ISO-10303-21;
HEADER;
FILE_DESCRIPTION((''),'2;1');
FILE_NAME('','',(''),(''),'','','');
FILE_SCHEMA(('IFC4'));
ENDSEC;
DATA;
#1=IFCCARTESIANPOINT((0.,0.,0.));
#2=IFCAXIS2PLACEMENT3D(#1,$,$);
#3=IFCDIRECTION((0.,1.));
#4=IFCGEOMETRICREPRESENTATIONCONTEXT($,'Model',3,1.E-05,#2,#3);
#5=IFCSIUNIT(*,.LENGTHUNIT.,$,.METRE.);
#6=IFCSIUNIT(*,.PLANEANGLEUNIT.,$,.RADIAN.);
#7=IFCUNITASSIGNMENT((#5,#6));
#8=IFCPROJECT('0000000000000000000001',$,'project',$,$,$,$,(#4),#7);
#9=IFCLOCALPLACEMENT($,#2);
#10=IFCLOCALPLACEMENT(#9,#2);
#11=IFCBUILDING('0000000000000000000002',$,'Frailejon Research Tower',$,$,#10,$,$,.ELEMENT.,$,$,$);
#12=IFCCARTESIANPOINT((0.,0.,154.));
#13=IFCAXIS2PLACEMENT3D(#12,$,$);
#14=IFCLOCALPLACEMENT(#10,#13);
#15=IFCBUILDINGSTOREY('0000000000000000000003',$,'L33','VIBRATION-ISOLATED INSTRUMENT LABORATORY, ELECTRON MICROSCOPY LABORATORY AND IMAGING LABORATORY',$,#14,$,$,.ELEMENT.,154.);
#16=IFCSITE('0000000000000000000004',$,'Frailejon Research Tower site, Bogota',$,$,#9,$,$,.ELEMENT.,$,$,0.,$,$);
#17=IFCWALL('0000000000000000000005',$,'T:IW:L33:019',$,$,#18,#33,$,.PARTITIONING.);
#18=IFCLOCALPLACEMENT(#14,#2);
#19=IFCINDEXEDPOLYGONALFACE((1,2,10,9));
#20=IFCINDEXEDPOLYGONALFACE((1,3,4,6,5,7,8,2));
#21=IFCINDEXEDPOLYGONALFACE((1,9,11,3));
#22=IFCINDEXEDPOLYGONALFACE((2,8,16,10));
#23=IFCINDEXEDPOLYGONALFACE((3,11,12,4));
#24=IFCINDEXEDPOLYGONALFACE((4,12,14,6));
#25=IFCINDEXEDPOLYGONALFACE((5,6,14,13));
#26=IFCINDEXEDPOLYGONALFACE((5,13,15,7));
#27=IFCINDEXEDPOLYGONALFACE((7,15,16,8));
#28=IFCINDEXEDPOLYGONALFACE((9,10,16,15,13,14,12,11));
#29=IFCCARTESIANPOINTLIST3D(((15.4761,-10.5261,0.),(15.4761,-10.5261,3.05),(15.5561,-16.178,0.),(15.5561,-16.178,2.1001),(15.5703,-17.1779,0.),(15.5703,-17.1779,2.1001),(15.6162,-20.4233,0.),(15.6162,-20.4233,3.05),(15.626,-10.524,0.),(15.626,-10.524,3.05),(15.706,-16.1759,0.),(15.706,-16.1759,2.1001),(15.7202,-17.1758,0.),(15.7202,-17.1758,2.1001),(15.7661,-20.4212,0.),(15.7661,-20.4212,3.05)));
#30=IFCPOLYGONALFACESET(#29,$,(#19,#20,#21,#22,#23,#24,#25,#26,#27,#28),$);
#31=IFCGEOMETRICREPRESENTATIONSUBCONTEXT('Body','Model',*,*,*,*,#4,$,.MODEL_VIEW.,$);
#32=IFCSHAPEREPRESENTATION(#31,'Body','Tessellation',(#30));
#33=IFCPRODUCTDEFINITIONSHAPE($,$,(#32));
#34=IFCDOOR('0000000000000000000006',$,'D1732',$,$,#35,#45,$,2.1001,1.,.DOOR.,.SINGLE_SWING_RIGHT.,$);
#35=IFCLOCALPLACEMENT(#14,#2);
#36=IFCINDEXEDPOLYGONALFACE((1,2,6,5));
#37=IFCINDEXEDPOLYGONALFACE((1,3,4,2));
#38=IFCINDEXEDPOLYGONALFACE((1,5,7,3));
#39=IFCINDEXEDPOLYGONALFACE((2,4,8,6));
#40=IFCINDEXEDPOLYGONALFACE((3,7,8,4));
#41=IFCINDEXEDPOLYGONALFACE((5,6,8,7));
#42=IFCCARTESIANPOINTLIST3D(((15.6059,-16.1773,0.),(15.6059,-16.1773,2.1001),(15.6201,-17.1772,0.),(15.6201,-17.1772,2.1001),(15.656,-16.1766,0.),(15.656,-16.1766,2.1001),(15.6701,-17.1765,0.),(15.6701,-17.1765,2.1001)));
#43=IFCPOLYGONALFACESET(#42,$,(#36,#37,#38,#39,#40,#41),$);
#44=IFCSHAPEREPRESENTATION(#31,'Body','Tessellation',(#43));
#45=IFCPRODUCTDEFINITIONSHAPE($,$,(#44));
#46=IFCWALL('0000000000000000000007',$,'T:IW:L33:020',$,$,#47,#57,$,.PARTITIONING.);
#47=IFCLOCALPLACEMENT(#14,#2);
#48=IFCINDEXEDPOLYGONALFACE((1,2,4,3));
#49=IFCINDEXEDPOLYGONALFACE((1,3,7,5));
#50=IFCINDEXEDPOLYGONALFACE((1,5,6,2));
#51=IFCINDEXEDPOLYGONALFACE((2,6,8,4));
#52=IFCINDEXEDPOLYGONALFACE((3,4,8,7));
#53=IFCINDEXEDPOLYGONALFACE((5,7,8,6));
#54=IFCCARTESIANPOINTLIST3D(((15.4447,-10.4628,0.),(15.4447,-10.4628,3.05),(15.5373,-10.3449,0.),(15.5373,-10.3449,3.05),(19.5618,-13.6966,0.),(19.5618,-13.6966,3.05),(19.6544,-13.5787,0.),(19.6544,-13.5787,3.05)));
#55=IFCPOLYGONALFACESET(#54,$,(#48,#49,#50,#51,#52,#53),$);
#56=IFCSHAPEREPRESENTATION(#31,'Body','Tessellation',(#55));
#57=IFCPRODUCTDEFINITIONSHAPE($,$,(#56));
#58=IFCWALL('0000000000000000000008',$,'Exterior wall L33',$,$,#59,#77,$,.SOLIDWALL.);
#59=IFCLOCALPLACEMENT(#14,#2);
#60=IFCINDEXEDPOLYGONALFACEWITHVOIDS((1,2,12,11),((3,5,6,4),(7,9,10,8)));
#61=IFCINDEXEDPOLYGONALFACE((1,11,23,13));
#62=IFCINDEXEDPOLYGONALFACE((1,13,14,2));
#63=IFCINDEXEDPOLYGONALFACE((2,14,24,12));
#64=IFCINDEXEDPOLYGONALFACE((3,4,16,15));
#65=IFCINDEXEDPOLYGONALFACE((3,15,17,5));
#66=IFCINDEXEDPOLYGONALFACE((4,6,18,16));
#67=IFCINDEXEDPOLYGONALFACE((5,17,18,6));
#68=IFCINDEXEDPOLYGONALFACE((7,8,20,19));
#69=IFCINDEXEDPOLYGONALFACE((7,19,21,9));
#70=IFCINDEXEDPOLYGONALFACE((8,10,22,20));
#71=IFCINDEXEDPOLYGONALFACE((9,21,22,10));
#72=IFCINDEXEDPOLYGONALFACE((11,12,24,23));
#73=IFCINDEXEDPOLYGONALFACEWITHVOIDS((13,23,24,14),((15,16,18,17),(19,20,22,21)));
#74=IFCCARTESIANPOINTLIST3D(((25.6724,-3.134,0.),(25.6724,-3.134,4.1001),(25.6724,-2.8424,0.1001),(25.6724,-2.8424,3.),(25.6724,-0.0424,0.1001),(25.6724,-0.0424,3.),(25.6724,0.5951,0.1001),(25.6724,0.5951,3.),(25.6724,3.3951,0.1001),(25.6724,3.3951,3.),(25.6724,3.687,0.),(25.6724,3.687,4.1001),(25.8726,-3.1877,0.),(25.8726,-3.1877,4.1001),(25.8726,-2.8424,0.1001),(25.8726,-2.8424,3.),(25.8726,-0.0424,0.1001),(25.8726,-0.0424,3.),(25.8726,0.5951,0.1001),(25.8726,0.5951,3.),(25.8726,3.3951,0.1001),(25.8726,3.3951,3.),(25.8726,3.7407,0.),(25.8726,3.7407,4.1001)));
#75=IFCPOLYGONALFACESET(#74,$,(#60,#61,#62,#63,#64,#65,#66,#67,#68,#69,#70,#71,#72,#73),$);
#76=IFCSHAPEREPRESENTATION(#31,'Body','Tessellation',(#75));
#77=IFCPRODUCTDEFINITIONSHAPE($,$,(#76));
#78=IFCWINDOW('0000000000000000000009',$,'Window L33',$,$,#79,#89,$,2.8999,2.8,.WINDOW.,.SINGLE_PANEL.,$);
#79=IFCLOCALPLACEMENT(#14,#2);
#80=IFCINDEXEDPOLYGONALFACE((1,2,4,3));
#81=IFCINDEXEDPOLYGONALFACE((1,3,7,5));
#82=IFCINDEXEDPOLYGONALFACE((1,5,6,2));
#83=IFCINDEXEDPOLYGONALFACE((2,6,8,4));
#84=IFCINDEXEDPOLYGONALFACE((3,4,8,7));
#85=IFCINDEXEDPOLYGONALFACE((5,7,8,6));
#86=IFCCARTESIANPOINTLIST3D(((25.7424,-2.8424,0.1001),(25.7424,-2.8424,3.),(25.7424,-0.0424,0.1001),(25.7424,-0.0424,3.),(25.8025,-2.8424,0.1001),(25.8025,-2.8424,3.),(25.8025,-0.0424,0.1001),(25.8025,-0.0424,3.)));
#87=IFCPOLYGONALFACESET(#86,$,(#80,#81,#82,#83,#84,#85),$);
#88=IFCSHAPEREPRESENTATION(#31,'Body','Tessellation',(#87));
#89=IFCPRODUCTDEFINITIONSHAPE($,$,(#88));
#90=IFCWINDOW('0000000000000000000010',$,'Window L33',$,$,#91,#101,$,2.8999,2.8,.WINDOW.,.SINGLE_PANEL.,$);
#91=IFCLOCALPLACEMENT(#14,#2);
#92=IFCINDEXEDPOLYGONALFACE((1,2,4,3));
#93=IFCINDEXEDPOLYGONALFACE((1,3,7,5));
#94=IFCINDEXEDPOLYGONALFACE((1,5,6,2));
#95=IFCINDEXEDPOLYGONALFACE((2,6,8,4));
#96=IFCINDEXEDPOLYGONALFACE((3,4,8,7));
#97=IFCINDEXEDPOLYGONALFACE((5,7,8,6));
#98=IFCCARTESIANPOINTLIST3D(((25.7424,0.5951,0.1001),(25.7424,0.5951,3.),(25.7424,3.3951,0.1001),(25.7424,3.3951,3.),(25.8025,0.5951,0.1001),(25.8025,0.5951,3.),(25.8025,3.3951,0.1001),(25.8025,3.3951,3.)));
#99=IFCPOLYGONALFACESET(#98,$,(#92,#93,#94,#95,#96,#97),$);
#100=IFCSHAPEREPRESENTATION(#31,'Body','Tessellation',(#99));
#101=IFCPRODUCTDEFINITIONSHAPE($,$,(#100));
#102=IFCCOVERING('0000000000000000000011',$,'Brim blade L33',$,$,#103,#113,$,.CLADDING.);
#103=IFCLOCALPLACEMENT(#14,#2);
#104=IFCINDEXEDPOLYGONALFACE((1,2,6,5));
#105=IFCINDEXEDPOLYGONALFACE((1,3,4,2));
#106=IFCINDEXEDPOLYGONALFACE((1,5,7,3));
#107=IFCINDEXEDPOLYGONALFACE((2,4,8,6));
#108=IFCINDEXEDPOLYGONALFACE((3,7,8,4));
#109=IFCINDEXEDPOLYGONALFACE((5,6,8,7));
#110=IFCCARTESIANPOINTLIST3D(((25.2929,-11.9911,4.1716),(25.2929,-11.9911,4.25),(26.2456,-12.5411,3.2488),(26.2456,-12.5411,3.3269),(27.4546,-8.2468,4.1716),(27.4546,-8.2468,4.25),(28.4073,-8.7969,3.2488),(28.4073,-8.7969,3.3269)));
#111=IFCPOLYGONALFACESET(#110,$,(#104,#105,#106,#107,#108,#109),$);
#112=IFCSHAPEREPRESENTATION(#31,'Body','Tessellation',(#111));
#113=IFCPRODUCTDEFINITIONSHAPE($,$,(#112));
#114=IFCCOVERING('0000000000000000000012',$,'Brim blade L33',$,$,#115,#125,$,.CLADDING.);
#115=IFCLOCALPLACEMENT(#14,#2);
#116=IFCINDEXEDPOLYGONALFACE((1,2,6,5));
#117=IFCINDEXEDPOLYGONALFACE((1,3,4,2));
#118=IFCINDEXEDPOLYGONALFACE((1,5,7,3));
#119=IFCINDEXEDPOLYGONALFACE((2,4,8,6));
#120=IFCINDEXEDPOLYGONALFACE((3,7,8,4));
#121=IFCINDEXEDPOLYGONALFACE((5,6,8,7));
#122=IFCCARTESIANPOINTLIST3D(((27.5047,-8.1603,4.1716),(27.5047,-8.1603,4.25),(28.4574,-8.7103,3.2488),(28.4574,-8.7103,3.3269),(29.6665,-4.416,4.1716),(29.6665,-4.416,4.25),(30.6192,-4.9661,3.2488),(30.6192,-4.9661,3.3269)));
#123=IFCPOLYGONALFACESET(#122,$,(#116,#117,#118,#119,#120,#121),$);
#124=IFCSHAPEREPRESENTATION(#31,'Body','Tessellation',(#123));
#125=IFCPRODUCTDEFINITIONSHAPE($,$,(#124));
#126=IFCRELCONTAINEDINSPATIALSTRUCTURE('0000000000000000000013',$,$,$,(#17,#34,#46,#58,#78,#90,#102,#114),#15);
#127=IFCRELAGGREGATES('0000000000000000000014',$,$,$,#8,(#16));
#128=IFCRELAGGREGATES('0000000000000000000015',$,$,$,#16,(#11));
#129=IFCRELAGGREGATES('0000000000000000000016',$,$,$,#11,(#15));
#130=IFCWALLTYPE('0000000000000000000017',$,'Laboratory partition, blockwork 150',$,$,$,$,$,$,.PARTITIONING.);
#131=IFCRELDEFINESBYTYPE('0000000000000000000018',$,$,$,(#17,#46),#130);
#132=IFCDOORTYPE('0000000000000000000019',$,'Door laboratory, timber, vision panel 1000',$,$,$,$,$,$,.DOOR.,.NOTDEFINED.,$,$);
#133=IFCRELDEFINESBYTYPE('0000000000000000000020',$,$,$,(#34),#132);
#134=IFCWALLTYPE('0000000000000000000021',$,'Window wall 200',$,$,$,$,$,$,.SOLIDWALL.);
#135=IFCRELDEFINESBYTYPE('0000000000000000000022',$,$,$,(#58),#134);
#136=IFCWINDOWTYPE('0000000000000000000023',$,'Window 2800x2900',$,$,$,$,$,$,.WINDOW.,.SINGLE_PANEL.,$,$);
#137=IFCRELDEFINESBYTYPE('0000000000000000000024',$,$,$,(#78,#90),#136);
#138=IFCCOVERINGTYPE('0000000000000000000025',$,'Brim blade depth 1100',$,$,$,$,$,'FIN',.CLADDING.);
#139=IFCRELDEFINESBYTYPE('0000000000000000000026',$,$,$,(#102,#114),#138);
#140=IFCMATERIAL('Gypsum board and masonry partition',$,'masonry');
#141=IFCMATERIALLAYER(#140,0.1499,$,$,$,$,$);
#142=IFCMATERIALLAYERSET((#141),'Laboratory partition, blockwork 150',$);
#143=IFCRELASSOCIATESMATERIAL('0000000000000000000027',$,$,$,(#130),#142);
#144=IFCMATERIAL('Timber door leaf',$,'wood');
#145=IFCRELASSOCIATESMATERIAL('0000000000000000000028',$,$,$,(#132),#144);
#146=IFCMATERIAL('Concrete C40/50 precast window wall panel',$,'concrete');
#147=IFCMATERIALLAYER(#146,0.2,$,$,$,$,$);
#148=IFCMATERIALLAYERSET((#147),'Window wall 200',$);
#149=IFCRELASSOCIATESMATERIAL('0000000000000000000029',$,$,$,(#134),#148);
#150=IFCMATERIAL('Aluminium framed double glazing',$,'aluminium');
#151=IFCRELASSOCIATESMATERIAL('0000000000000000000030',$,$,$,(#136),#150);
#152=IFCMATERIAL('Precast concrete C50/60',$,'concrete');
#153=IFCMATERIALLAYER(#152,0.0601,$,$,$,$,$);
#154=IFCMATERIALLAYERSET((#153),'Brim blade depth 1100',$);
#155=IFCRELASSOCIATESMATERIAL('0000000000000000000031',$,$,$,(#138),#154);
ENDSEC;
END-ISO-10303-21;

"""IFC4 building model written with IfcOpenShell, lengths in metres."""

from ifc_helpers import new_model, si_unit, direction, frame, frame_2d, origin, place, context, subcontext, project, spatial, polyline, rectangle, outline, extrude, material, layer, layer_set, type_object, element, fill, save


model = new_model("IFC4")

# Units and contexts
model_context = context("Model", 3, precision=1e-05, world=origin(), true_north=direction((0.0, 1.0)))
body_context = subcontext(model_context, "Body", "Model", "MODEL_VIEW")
ifc_project = project(units=[si_unit("LENGTHUNIT", "METRE"), si_unit("PLANEANGLEUNIT", "RADIAN")], contexts=[model_context])

# Site, building, storey
site_placement = place(None, origin())
site = spatial("IfcSite", under=ifc_project, at=site_placement, Name="Frailejon Research Tower site, Bogota", CompositionType="ELEMENT", RefElevation=0.0)
building_placement = place(site_placement, origin())
building = spatial("IfcBuilding", under=site, at=building_placement, Name="Frailejon Research Tower", CompositionType="ELEMENT")
storey_placement = place(building_placement, frame((0.0, 0.0, 154.0)))
storey = spatial("IfcBuildingStorey", under=building, at=storey_placement, Name="L33", Description="VIBRATION-ISOLATED INSTRUMENT LABORATORY, ELECTRON MICROSCOPY LABORATORY AND IMAGING LABORATORY", CompositionType="ELEMENT", Elevation=154.0)

# Wall, opening, door
ifc_material_1 = material(Name="Gypsum board and masonry partition", Category="masonry")
ifc_layer_1 = layer(ifc_material_1, 0.1499)
ifc_layer_set_1 = layer_set([ifc_layer_1], Name="Laboratory partition, blockwork 150")
wall_type_1 = type_object("IfcWallType", Name="Laboratory partition, blockwork 150", PredefinedType="PARTITIONING", material=ifc_layer_set_1)
wall_1_placement = place(storey_placement, frame((15.551, -10.5249, 0.0), z_axis=(0.0, 0.0, 1.0), x_axis=(0.014158, -0.9999, 0.0)))
wall_1 = element("IfcWall", 1, at=wall_1_placement, inside=storey, type_object=wall_type_1, Name="T:IW:L33:019", PredefinedType="PARTITIONING", context=body_context, shape_type="SweptSolid", body=[
    extrude(rectangle(XDim=9.8982, YDim=0.1499, at=frame_2d((4.9492, 0.0))), origin(), (0.0, 0.0, 1.0), 3.05),
])
opening_1_placement = place(wall_1_placement, frame((5.6526, 0.0, 0.0)))
opening_1 = element("IfcOpeningElement", 2, at=opening_1_placement, cuts=wall_1, PredefinedType="OPENING", context=body_context, shape_type="SweptSolid", body=[
    extrude(rectangle(XDim=1.0, YDim=2.1001, at=frame_2d((0.5, 1.05))), frame((0.0, 0.085, 0.0), z_axis=(0.0, -1.0, 0.0), x_axis=(1.0, 0.0, 0.0)), (0.0, 0.0, 1.0), 0.1699),
])
ifc_material_2 = material(Name="Timber door leaf", Category="wood")
door_type_1 = type_object("IfcDoorType", Name="Door laboratory, timber, vision panel 1000", OperationType="NOTDEFINED", PredefinedType="DOOR", material=ifc_material_2)
door_1_placement = place(opening_1_placement, origin())
door_1 = element("IfcDoor", 3, at=door_1_placement, inside=storey, type_object=door_type_1, Name="D1732", OperationType="SINGLE_SWING_RIGHT", OverallHeight=2.1001, OverallWidth=1.0, PredefinedType="DOOR", context=body_context, shape_type="SweptSolid", body=[
    extrude(rectangle(XDim=1.0, YDim=2.1001, at=frame_2d((0.5, 1.05))), frame((0.0, 0.0249, 0.0), z_axis=(0.0, -1.0, 0.0), x_axis=(1.0, 0.0, 0.0)), (0.0, 0.0, 1.0), 0.05),
])
fill(opening_1, door_1)

# Wall
wall_2_placement = place(storey_placement, frame((15.491, -10.4038, 0.0), z_axis=(0.0, 0.0, 1.0), x_axis=(0.786415, -0.617698, 0.0)))
element("IfcWall", 4, at=wall_2_placement, inside=storey, type_object=wall_type_1, Name="T:IW:L33:020", PredefinedType="PARTITIONING", context=body_context, shape_type="SweptSolid", body=[
    extrude(rectangle(XDim=5.2354, YDim=0.1499, at=frame_2d((2.6177, 0.0))), origin(), (0.0, 0.0, 1.0), 3.05),
])

# Wall, openings, windows
ifc_material_3 = material(Name="Concrete C40/50 precast window wall panel", Category="concrete")
ifc_layer_2 = layer(ifc_material_3, 0.2)
ifc_layer_set_2 = layer_set([ifc_layer_2], Name="Window wall 200")
wall_type_2 = type_object("IfcWallType", Name="Window wall 200", PredefinedType="SOLIDWALL", material=ifc_layer_set_2)
wall_3_placement = place(storey_placement, frame((25.7725, -3.1609, 0.0), z_axis=(0.0, 0.0, 1.0), x_axis=(0.0, 1.0, 0.0)))
wall_3 = element("IfcWall", 5, at=wall_3_placement, inside=storey, type_object=wall_type_2, Name="Exterior wall L33", PredefinedType="SOLIDWALL", context=body_context, shape_type="SweptSolid", body=[
    extrude(outline(polyline([(-0.0269, -0.1001), (1.1279, -0.1001), (2.2827, -0.1001), (3.4375, -0.1001), (4.592, -0.1001), (5.7468, -0.1001), (6.9016, -0.1001), (6.8479, 0.1001), (5.7109, 0.1001), (4.5742, 0.1001), (3.4375, 0.1001), (2.3005, 0.1001), (1.1636, 0.1001), (0.0269, 0.1001), (-0.0269, -0.1001)])), origin(), (0.0, 0.0, 1.0), 4.1001),
])
opening_2_placement = place(wall_3_placement, frame((0.3186, 0.0, 0.1001)))
opening_2 = element("IfcOpeningElement", 6, at=opening_2_placement, cuts=wall_3, PredefinedType="OPENING", context=body_context, shape_type="SweptSolid", body=[
    extrude(rectangle(XDim=2.8, YDim=2.8999, at=frame_2d((1.3999, 1.45))), frame((0.0, 0.1099, 0.0), z_axis=(0.0, -1.0, 0.0), x_axis=(1.0, 0.0, 0.0)), (0.0, 0.0, 1.0), 0.22),
])
opening_3_placement = place(wall_3_placement, frame((3.7561, 0.0, 0.1001)))
opening_3 = element("IfcOpeningElement", 7, at=opening_3_placement, cuts=wall_3, PredefinedType="OPENING", context=body_context, shape_type="SweptSolid", body=[
    extrude(rectangle(XDim=2.8, YDim=2.8999, at=frame_2d((1.3999, 1.45))), frame((0.0, 0.1099, 0.0), z_axis=(0.0, -1.0, 0.0), x_axis=(1.0, 0.0, 0.0)), (0.0, 0.0, 1.0), 0.22),
])
ifc_material_4 = material(Name="Aluminium framed double glazing", Category="aluminium")
window_type = type_object("IfcWindowType", Name="Window 2800x2900", PartitioningType="SINGLE_PANEL", PredefinedType="WINDOW", material=ifc_material_4)
window_1_placement = place(opening_2_placement, origin())
window_1 = element("IfcWindow", 8, at=window_1_placement, inside=storey, type_object=window_type, Name="Window L33", OverallHeight=2.8999, OverallWidth=2.8, PartitioningType="SINGLE_PANEL", PredefinedType="WINDOW", context=body_context, shape_type="SweptSolid", body=[
    extrude(rectangle(XDim=2.8, YDim=2.8999, at=frame_2d((1.3999, 1.45))), frame((0.0, 0.03, 0.0), z_axis=(0.0, -1.0, 0.0), x_axis=(1.0, 0.0, 0.0)), (0.0, 0.0, 1.0), 0.0601),
])
fill(opening_2, window_1)
window_2_placement = place(opening_3_placement, origin())
window_2 = element("IfcWindow", 9, at=window_2_placement, inside=storey, type_object=window_type, Name="Window L33", OverallHeight=2.8999, OverallWidth=2.8, PartitioningType="SINGLE_PANEL", PredefinedType="WINDOW", context=body_context, shape_type="SweptSolid", body=[
    extrude(rectangle(XDim=2.8, YDim=2.8999, at=frame_2d((1.3999, 1.45))), frame((0.0, 0.03, 0.0), z_axis=(0.0, -1.0, 0.0), x_axis=(1.0, 0.0, 0.0)), (0.0, 0.0, 1.0), 0.0601),
])
fill(opening_3, window_2)

# Coverings
ifc_material_5 = material(Name="Precast concrete C50/60", Category="concrete")
ifc_layer_3 = layer(ifc_material_5, 0.0601)
ifc_layer_set_3 = layer_set([ifc_layer_3], Name="Brim blade depth 1100")
covering_type = type_object("IfcCoveringType", Name="Brim blade depth 1100", ElementType="FIN", PredefinedType="CLADDING", material=ifc_layer_set_3)
for number, where, z_axis, x_axis, name in (
    (10, (27.4546, -8.2468, 4.25), (-0.499988, -0.866032, 0.0), (0.866032, -0.499988, 0.0), "Brim blade L33"),
    (11, (29.6665, -4.416, 4.25), (-0.500005, -0.866023, 0.0), (0.866023, -0.500005, 0.0), "Brim blade L33"),
):
    element("IfcCovering", number, at=place(storey_placement, frame(where, z_axis=z_axis, x_axis=x_axis)), inside=storey, type_object=covering_type, Name=name, PredefinedType="CLADDING", context=body_context, shape_type="SweptSolid", body=[
        extrude(outline(polyline([(0.0, -0.0784), (1.1001, -1.0012), (1.1001, -0.9231), (0.0, 0.0), (0.0, -0.0784)])), origin(), (0.0, 0.0, 1.0), 4.3235),
    ])

save(model, "model.ifc")
